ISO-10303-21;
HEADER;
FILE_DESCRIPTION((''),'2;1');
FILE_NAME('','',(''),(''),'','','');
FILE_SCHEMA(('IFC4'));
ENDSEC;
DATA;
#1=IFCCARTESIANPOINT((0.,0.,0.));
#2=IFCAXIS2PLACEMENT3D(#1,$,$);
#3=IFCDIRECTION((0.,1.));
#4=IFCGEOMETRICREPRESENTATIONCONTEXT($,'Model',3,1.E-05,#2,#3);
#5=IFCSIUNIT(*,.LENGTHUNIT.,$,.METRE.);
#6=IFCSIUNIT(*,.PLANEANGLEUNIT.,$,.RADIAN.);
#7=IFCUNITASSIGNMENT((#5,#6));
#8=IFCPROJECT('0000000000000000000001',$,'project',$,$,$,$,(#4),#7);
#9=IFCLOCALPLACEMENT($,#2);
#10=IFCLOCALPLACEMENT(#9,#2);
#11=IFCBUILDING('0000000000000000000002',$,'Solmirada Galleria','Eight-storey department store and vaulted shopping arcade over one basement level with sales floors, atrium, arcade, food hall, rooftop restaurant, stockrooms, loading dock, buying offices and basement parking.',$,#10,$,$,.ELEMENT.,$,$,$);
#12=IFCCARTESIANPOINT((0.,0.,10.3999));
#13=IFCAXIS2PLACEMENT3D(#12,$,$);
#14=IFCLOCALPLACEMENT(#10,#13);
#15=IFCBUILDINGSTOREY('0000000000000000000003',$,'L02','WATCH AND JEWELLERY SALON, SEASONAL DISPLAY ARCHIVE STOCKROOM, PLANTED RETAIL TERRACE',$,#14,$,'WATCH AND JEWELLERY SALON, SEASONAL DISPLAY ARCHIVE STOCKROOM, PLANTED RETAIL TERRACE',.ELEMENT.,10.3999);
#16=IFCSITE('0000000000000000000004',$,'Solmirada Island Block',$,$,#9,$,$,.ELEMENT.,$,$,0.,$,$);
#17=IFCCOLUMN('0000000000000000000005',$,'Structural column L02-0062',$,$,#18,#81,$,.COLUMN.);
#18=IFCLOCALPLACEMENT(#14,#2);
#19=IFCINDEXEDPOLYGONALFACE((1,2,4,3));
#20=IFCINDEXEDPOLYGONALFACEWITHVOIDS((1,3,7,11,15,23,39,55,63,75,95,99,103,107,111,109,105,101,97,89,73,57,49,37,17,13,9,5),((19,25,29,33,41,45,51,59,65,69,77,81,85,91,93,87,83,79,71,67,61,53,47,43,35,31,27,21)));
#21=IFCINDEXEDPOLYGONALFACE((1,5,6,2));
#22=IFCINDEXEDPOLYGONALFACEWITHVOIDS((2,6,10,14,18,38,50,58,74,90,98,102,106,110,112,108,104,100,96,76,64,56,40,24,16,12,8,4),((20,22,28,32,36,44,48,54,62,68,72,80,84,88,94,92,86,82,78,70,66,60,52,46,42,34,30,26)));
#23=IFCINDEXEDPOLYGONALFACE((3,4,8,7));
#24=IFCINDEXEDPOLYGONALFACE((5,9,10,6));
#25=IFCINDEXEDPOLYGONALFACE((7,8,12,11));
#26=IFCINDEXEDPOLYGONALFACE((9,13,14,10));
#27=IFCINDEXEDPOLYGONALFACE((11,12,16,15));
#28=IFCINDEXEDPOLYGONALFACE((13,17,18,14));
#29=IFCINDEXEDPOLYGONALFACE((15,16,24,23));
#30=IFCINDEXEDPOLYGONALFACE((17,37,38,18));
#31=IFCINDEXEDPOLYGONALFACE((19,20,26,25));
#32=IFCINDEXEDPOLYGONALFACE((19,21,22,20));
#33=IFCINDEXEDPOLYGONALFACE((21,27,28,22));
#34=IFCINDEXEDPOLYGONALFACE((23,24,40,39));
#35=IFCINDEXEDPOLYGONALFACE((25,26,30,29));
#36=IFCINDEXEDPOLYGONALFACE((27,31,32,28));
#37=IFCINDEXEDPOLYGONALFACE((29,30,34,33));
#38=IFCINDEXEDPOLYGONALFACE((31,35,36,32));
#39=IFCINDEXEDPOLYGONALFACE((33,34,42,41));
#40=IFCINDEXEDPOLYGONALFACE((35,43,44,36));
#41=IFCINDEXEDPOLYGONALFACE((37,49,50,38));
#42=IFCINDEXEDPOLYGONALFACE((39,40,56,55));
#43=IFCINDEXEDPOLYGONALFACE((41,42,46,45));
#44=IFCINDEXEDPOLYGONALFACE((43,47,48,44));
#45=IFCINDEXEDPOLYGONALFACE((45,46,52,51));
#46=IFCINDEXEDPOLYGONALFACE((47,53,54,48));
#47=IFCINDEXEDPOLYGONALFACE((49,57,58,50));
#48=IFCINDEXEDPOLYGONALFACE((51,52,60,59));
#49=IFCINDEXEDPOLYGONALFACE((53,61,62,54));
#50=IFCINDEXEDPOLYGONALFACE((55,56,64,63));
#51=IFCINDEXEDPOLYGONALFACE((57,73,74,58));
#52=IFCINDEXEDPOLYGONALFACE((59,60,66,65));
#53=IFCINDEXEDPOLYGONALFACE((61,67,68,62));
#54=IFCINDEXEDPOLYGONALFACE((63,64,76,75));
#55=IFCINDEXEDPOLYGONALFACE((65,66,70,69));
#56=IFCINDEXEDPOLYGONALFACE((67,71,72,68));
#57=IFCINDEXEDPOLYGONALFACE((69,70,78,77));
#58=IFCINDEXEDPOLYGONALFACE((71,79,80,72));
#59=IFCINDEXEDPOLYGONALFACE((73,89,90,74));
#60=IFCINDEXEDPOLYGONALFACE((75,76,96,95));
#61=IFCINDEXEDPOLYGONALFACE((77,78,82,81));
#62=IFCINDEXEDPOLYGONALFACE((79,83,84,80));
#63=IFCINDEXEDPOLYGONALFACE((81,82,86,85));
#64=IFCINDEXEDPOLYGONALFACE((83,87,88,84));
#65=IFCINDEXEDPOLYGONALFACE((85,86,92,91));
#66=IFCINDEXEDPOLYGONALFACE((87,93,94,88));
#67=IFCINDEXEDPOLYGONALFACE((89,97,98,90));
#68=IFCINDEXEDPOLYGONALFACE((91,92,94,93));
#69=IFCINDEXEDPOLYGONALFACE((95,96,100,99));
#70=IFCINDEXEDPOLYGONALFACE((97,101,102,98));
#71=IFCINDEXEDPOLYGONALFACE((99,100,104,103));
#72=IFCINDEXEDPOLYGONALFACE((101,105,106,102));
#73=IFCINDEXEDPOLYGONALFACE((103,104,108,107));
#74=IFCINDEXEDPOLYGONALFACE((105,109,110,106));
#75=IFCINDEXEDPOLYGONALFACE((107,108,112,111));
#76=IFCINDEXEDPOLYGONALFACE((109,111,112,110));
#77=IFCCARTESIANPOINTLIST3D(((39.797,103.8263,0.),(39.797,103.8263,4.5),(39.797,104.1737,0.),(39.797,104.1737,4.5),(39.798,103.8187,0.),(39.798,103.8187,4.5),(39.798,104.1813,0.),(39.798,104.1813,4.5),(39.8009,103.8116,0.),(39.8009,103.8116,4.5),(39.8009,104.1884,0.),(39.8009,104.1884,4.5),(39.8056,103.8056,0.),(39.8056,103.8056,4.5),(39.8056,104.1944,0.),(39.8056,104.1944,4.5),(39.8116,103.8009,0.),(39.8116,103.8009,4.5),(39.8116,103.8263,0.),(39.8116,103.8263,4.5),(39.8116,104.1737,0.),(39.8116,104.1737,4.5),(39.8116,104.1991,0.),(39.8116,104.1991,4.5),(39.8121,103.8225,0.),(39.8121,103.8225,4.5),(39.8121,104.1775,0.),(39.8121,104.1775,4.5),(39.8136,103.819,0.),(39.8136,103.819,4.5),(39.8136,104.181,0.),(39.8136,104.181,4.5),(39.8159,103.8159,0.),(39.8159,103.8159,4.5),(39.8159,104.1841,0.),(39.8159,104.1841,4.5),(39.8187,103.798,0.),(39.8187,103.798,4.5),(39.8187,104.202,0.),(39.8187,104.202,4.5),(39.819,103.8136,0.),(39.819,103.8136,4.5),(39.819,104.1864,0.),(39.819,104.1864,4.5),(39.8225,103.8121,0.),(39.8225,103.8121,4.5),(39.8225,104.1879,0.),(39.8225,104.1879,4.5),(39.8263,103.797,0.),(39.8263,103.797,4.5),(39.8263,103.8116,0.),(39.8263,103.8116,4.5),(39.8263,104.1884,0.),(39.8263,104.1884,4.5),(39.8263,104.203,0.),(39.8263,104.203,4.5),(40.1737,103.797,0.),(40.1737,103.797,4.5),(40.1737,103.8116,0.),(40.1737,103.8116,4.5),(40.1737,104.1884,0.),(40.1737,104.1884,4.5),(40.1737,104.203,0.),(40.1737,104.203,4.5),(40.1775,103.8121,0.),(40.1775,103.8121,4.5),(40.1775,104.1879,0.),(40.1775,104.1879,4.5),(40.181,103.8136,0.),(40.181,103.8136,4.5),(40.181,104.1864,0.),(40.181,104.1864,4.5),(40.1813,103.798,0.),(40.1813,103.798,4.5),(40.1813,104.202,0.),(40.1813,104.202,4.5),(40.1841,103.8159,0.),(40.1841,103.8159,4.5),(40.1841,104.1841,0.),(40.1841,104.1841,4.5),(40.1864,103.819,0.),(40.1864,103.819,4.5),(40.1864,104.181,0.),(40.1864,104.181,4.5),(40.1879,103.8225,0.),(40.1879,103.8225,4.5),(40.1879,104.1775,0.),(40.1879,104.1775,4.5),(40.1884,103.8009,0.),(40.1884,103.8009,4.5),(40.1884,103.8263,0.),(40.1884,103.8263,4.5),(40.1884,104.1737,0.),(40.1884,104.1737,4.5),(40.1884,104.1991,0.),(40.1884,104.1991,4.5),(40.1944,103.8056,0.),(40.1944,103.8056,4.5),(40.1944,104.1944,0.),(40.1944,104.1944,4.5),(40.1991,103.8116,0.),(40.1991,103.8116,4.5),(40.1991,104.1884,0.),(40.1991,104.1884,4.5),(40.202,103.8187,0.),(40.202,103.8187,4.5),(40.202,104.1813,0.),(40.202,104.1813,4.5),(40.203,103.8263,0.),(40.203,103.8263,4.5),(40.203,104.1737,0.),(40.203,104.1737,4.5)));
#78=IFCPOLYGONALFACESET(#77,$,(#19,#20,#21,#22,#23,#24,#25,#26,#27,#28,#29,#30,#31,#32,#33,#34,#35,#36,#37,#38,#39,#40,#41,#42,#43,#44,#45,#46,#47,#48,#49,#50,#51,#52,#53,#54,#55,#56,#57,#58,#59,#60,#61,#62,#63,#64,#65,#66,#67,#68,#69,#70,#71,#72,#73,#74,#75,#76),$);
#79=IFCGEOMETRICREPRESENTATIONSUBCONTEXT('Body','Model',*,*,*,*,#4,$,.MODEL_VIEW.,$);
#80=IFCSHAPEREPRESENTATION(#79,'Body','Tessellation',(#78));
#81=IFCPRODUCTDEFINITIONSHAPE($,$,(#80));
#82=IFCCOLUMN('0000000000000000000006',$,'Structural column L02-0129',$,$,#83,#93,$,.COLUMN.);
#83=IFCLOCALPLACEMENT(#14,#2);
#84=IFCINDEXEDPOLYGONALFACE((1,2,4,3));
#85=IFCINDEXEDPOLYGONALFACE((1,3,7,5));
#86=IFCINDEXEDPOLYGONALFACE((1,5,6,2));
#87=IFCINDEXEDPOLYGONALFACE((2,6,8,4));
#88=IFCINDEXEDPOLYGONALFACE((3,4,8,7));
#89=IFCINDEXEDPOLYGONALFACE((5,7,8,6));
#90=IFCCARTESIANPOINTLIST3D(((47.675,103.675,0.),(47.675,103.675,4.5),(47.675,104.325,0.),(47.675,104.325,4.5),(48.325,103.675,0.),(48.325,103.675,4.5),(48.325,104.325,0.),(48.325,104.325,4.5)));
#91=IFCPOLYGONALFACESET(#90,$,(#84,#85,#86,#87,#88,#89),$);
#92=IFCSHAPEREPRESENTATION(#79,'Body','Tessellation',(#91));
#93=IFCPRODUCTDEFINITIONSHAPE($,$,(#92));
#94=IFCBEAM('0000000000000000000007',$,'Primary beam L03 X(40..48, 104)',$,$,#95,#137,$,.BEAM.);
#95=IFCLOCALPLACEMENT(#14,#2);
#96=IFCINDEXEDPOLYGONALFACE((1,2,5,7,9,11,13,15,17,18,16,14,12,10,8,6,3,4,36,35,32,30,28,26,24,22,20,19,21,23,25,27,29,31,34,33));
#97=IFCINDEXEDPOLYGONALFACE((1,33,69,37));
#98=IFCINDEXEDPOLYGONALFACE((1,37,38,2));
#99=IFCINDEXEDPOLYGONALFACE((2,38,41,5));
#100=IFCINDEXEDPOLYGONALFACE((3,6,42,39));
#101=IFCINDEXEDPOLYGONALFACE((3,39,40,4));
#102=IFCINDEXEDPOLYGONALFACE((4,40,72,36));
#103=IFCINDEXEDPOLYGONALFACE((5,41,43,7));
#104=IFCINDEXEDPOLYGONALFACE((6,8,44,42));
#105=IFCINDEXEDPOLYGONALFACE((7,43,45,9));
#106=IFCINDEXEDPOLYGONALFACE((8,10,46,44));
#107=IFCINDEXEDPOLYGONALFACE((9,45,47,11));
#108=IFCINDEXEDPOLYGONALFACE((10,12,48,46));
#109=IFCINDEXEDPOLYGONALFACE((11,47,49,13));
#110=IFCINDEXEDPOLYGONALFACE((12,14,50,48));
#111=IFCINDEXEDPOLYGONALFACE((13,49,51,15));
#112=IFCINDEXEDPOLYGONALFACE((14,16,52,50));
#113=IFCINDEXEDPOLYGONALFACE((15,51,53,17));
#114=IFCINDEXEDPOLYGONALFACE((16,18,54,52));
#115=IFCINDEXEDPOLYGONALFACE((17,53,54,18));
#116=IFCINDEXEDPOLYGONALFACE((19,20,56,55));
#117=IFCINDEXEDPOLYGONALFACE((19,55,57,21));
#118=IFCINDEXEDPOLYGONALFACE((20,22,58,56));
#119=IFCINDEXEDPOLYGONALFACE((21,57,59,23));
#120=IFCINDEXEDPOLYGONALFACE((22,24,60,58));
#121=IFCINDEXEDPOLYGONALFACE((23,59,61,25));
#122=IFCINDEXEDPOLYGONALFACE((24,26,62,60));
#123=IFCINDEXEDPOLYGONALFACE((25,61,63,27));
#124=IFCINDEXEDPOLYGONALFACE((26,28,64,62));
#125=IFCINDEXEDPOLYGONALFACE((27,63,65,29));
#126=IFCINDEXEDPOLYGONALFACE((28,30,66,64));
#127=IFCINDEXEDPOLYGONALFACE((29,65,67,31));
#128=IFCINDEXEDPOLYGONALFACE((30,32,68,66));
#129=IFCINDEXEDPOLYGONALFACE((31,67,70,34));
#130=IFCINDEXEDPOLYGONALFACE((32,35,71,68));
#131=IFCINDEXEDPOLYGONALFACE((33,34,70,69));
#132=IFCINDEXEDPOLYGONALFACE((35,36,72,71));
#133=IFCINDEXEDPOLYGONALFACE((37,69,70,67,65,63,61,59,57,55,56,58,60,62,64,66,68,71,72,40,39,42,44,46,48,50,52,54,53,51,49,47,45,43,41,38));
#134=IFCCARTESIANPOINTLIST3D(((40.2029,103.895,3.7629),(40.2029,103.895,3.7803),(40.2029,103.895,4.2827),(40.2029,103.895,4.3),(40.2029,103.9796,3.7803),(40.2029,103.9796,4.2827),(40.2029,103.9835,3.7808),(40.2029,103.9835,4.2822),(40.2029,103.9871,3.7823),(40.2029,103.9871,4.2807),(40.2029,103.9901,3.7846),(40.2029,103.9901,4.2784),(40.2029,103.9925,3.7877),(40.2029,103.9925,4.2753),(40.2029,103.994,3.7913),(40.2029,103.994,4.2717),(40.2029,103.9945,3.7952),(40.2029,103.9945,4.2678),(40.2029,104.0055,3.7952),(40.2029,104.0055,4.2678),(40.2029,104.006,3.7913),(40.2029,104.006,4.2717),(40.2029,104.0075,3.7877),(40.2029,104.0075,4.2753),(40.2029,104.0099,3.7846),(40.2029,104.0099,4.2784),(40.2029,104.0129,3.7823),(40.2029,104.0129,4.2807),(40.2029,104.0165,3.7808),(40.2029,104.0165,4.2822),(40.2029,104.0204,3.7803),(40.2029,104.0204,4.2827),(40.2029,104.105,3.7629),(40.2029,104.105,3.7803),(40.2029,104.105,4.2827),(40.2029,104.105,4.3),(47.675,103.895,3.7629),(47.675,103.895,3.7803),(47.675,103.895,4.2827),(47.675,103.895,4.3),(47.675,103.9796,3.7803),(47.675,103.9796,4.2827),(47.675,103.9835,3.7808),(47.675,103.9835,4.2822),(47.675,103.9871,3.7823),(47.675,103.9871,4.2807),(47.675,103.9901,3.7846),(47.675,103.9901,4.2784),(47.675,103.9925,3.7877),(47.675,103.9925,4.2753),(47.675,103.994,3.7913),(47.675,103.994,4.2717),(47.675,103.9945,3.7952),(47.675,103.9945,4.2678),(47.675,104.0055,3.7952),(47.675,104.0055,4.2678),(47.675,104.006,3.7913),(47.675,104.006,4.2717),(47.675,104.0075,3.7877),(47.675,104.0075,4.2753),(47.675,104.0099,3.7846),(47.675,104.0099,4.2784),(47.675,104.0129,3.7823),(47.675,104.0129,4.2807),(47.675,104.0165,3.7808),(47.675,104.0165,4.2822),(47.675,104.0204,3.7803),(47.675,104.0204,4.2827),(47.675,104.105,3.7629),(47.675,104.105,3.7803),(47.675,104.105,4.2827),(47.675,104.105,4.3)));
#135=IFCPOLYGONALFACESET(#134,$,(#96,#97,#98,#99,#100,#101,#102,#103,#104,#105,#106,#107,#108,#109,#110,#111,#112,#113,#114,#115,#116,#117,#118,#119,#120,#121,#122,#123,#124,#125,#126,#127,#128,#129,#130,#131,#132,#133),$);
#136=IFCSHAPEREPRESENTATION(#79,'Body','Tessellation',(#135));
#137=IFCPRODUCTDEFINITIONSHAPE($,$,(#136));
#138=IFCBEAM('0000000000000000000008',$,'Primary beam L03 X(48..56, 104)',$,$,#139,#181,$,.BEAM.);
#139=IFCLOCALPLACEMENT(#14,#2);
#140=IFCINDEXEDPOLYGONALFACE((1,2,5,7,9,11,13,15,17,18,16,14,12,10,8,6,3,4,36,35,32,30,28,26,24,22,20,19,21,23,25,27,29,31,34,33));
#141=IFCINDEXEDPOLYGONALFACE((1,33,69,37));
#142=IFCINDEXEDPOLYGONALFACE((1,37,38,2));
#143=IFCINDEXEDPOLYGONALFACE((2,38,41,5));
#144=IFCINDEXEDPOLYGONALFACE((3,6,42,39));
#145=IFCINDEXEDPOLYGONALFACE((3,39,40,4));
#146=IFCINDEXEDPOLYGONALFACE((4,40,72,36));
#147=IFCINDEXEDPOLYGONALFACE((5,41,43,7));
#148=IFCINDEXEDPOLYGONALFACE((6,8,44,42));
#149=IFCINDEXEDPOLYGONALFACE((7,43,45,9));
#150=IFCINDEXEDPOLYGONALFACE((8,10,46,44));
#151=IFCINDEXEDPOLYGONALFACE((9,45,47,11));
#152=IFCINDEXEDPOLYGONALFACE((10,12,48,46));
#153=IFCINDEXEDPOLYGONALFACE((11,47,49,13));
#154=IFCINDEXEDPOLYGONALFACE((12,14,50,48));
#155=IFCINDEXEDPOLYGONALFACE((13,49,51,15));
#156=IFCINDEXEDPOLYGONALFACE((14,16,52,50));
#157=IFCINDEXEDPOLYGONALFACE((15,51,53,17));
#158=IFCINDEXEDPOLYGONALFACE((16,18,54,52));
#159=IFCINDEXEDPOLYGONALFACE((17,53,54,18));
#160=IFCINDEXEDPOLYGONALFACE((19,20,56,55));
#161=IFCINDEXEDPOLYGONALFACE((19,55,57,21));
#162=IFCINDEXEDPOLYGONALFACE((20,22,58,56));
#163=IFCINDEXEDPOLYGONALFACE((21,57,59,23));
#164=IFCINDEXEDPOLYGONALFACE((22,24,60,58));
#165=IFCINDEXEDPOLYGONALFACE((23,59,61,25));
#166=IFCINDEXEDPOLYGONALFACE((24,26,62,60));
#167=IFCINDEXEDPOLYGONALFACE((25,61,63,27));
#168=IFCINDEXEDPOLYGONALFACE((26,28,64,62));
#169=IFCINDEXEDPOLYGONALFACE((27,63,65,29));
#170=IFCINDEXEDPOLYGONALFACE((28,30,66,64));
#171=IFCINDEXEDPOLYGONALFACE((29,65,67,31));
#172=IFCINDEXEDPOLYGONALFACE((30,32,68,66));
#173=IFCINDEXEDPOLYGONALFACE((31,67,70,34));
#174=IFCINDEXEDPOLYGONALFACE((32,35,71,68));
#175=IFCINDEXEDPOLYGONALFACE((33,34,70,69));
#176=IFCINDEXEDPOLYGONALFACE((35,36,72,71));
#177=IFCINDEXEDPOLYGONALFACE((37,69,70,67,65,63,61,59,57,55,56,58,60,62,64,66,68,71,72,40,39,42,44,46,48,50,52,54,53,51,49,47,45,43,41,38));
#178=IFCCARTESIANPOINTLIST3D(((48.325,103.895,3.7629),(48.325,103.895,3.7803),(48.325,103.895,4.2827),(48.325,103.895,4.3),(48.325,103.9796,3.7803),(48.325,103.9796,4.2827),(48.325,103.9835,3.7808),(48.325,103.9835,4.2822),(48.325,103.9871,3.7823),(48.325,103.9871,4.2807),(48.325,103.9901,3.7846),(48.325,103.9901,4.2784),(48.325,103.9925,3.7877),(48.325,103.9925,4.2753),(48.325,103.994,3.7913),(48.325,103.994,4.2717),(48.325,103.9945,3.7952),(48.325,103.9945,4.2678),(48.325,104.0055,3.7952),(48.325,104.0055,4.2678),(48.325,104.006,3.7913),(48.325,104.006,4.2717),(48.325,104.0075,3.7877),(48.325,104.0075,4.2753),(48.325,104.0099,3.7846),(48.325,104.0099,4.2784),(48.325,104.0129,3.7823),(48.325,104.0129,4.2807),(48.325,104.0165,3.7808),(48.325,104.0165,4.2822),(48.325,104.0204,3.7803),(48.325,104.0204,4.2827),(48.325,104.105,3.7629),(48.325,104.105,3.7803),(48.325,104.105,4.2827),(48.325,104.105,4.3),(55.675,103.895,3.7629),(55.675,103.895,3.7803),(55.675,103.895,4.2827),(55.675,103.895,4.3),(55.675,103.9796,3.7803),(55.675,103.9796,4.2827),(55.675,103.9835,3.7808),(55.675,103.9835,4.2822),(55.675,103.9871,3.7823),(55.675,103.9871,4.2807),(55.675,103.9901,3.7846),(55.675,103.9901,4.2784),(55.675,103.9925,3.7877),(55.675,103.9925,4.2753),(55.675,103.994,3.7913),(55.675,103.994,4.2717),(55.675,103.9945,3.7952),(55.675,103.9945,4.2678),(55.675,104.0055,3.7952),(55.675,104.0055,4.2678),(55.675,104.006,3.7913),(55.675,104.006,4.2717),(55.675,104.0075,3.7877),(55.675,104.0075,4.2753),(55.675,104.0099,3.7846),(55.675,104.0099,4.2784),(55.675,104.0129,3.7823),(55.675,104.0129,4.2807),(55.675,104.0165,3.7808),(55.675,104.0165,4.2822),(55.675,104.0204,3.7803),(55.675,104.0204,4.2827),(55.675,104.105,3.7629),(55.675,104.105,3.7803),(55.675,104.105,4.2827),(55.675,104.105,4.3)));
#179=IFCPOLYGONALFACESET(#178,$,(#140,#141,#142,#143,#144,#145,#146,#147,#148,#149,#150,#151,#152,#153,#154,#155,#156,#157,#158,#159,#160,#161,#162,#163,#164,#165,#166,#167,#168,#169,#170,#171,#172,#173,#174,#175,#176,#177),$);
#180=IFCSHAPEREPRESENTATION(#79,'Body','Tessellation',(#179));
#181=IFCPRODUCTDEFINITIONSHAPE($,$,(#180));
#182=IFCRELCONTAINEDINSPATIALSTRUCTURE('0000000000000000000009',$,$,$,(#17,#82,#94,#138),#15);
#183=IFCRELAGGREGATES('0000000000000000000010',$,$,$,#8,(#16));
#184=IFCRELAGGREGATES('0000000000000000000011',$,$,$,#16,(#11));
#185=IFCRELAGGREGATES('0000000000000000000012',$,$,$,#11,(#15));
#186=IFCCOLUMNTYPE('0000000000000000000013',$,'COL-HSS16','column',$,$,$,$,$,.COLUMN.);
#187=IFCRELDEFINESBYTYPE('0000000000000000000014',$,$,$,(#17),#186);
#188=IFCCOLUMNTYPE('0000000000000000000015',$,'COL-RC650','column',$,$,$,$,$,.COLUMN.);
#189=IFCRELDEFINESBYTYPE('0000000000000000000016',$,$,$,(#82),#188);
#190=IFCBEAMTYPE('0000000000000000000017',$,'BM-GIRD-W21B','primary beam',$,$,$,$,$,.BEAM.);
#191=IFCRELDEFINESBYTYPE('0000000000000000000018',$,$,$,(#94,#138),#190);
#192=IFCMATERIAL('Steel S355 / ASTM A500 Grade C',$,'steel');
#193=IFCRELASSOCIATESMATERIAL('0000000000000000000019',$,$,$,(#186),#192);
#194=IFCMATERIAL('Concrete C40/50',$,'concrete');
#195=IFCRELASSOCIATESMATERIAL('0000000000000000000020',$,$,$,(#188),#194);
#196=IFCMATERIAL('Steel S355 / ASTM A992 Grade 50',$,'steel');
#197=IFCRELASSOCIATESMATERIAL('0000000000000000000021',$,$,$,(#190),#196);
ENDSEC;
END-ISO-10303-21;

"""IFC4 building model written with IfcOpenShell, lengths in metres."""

from ifc_helpers import new_model, si_unit, direction, frame, origin, origin_2d, place, context, subcontext, project, spatial, rectangle, hollow_rectangle, i_section, extrude, material, material_profile, profile_set, type_object, element, save


model = new_model("IFC4")

# Units and contexts
model_context = context("Model", 3, precision=1e-05, world=origin(), true_north=direction((0.0, 1.0)))
body_context = subcontext(model_context, "Body", "Model", "MODEL_VIEW")
ifc_project = project(units=[si_unit("LENGTHUNIT", "METRE"), si_unit("PLANEANGLEUNIT", "RADIAN")], contexts=[model_context])

# Site, building, storey
site_placement = place(None, origin())
site = spatial("IfcSite", under=ifc_project, at=site_placement, Name="Solmirada Island Block", CompositionType="ELEMENT", RefElevation=0.0)
building_placement = place(site_placement, origin())
building = spatial("IfcBuilding", under=site, at=building_placement, Name="Solmirada Galleria", Description="Eight-storey department store and vaulted shopping arcade over one basement level with sales floors, atrium, arcade, food hall, rooftop restaurant, stockrooms, loading dock, buying offices and basement parking.", CompositionType="ELEMENT")
storey_placement = place(building_placement, frame((0.0, 0.0, 10.3999)))
storey = spatial("IfcBuildingStorey", under=building, at=storey_placement, Name="L02", Description="WATCH AND JEWELLERY SALON, SEASONAL DISPLAY ARCHIVE STOCKROOM, PLANTED RETAIL TERRACE", LongName="WATCH AND JEWELLERY SALON, SEASONAL DISPLAY ARCHIVE STOCKROOM, PLANTED RETAIL TERRACE", CompositionType="ELEMENT", Elevation=10.3999)

# Columns
ifc_material_1 = material(Name="Steel S355 / ASTM A500 Grade C", Category="steel")
ifc_material_profile_1 = material_profile(ifc_material_1, hollow_rectangle(XDim=0.406, YDim=0.406, WallThickness=0.0146, InnerFilletRadius=0.0146, OuterFilletRadius=0.0293, at=origin_2d()), Name="HSS16X16X5/8")
ifc_profile_set_1 = profile_set([ifc_material_profile_1], Name="Steel S355 / ASTM A500 Grade C")
column_type_1 = type_object("IfcColumnType", Name="COL-HSS16", Description="column", PredefinedType="COLUMN", material=ifc_profile_set_1)
column_1_placement = place(storey_placement, frame((40.0, 104.0, 0.0), z_axis=(0.0, 0.0, 1.0), x_axis=(1.0, 0.0, 0.0)))
element("IfcColumn", 1, at=column_1_placement, inside=storey, type_object=column_type_1, Name="Structural column L02-0062", PredefinedType="COLUMN", context=body_context, shape_type="SweptSolid", body=[
    extrude(hollow_rectangle(XDim=0.406, YDim=0.406, WallThickness=0.0146, InnerFilletRadius=0.0146, OuterFilletRadius=0.0293, at=origin_2d()), origin(), (0.0, 0.0, 1.0), 4.5),
])
ifc_material_2 = material(Name="Concrete C40/50", Category="concrete")
ifc_material_profile_2 = material_profile(ifc_material_2, rectangle(XDim=0.6499, YDim=0.6499, at=origin_2d()), Name="RC650X650")
ifc_profile_set_2 = profile_set([ifc_material_profile_2], Name="Concrete C40/50")
column_type_2 = type_object("IfcColumnType", Name="COL-RC650", Description="column", PredefinedType="COLUMN", material=ifc_profile_set_2)
column_2_placement = place(storey_placement, frame((48.0, 104.0, 0.0), z_axis=(0.0, 0.0, 1.0), x_axis=(1.0, 0.0, 0.0)))
element("IfcColumn", 2, at=column_2_placement, inside=storey, type_object=column_type_2, Name="Structural column L02-0129", PredefinedType="COLUMN", context=body_context, shape_type="SweptSolid", body=[
    extrude(rectangle(XDim=0.6499, YDim=0.6499, at=origin_2d()), origin(), (0.0, 0.0, 1.0), 4.5),
])

# Beams
ifc_material_3 = material(Name="Steel S355 / ASTM A992 Grade 50", Category="steel")
ifc_material_profile_3 = material_profile(ifc_material_3, i_section(OverallWidth=0.21, OverallDepth=0.5371, WebThickness=0.011, FlangeThickness=0.0173, FilletRadius=0.0149, at=origin_2d()), Name="W21X68")
ifc_profile_set_3 = profile_set([ifc_material_profile_3], Name="Steel S355 / ASTM A992 Grade 50")
beam_type_1 = type_object("IfcBeamType", Name="BM-GIRD-W21B", Description="primary beam", PredefinedType="BEAM", material=ifc_profile_set_3)
beam_1_placement = place(storey_placement, frame((40.2029, 104.0, 4.0315), z_axis=(1.0, 0.0, 0.0), x_axis=(0.0, 1.0, 0.0)))
element("IfcBeam", 3, at=beam_1_placement, inside=storey, type_object=beam_type_1, Name="Primary beam L03 X(40..48, 104)", PredefinedType="BEAM", context=body_context, shape_type="SweptSolid", body=[
    extrude(i_section(OverallWidth=0.21, OverallDepth=0.5371, WebThickness=0.011, FlangeThickness=0.0173, FilletRadius=0.0149, at=origin_2d()), origin(), (0.0, 0.0, 1.0), 7.4722),
])
for number, where, z_axis, x_axis, name in (
    (4, (48.325, 104.0, 4.0315), (1.0, 0.0, 0.0), (0.0, 1.0, 0.0), "Primary beam L03 X(48..56, 104)"),
):
    element("IfcBeam", number, at=place(storey_placement, frame(where, z_axis=z_axis, x_axis=x_axis)), inside=storey, type_object=beam_type_1, Name=name, PredefinedType="BEAM", context=body_context, shape_type="SweptSolid", body=[
        extrude(i_section(OverallWidth=0.21, OverallDepth=0.5371, WebThickness=0.011, FlangeThickness=0.0173, FilletRadius=0.0149, at=origin_2d()), origin(), (0.0, 0.0, 1.0), 7.3501),
    ])

save(model, "model.ifc")
